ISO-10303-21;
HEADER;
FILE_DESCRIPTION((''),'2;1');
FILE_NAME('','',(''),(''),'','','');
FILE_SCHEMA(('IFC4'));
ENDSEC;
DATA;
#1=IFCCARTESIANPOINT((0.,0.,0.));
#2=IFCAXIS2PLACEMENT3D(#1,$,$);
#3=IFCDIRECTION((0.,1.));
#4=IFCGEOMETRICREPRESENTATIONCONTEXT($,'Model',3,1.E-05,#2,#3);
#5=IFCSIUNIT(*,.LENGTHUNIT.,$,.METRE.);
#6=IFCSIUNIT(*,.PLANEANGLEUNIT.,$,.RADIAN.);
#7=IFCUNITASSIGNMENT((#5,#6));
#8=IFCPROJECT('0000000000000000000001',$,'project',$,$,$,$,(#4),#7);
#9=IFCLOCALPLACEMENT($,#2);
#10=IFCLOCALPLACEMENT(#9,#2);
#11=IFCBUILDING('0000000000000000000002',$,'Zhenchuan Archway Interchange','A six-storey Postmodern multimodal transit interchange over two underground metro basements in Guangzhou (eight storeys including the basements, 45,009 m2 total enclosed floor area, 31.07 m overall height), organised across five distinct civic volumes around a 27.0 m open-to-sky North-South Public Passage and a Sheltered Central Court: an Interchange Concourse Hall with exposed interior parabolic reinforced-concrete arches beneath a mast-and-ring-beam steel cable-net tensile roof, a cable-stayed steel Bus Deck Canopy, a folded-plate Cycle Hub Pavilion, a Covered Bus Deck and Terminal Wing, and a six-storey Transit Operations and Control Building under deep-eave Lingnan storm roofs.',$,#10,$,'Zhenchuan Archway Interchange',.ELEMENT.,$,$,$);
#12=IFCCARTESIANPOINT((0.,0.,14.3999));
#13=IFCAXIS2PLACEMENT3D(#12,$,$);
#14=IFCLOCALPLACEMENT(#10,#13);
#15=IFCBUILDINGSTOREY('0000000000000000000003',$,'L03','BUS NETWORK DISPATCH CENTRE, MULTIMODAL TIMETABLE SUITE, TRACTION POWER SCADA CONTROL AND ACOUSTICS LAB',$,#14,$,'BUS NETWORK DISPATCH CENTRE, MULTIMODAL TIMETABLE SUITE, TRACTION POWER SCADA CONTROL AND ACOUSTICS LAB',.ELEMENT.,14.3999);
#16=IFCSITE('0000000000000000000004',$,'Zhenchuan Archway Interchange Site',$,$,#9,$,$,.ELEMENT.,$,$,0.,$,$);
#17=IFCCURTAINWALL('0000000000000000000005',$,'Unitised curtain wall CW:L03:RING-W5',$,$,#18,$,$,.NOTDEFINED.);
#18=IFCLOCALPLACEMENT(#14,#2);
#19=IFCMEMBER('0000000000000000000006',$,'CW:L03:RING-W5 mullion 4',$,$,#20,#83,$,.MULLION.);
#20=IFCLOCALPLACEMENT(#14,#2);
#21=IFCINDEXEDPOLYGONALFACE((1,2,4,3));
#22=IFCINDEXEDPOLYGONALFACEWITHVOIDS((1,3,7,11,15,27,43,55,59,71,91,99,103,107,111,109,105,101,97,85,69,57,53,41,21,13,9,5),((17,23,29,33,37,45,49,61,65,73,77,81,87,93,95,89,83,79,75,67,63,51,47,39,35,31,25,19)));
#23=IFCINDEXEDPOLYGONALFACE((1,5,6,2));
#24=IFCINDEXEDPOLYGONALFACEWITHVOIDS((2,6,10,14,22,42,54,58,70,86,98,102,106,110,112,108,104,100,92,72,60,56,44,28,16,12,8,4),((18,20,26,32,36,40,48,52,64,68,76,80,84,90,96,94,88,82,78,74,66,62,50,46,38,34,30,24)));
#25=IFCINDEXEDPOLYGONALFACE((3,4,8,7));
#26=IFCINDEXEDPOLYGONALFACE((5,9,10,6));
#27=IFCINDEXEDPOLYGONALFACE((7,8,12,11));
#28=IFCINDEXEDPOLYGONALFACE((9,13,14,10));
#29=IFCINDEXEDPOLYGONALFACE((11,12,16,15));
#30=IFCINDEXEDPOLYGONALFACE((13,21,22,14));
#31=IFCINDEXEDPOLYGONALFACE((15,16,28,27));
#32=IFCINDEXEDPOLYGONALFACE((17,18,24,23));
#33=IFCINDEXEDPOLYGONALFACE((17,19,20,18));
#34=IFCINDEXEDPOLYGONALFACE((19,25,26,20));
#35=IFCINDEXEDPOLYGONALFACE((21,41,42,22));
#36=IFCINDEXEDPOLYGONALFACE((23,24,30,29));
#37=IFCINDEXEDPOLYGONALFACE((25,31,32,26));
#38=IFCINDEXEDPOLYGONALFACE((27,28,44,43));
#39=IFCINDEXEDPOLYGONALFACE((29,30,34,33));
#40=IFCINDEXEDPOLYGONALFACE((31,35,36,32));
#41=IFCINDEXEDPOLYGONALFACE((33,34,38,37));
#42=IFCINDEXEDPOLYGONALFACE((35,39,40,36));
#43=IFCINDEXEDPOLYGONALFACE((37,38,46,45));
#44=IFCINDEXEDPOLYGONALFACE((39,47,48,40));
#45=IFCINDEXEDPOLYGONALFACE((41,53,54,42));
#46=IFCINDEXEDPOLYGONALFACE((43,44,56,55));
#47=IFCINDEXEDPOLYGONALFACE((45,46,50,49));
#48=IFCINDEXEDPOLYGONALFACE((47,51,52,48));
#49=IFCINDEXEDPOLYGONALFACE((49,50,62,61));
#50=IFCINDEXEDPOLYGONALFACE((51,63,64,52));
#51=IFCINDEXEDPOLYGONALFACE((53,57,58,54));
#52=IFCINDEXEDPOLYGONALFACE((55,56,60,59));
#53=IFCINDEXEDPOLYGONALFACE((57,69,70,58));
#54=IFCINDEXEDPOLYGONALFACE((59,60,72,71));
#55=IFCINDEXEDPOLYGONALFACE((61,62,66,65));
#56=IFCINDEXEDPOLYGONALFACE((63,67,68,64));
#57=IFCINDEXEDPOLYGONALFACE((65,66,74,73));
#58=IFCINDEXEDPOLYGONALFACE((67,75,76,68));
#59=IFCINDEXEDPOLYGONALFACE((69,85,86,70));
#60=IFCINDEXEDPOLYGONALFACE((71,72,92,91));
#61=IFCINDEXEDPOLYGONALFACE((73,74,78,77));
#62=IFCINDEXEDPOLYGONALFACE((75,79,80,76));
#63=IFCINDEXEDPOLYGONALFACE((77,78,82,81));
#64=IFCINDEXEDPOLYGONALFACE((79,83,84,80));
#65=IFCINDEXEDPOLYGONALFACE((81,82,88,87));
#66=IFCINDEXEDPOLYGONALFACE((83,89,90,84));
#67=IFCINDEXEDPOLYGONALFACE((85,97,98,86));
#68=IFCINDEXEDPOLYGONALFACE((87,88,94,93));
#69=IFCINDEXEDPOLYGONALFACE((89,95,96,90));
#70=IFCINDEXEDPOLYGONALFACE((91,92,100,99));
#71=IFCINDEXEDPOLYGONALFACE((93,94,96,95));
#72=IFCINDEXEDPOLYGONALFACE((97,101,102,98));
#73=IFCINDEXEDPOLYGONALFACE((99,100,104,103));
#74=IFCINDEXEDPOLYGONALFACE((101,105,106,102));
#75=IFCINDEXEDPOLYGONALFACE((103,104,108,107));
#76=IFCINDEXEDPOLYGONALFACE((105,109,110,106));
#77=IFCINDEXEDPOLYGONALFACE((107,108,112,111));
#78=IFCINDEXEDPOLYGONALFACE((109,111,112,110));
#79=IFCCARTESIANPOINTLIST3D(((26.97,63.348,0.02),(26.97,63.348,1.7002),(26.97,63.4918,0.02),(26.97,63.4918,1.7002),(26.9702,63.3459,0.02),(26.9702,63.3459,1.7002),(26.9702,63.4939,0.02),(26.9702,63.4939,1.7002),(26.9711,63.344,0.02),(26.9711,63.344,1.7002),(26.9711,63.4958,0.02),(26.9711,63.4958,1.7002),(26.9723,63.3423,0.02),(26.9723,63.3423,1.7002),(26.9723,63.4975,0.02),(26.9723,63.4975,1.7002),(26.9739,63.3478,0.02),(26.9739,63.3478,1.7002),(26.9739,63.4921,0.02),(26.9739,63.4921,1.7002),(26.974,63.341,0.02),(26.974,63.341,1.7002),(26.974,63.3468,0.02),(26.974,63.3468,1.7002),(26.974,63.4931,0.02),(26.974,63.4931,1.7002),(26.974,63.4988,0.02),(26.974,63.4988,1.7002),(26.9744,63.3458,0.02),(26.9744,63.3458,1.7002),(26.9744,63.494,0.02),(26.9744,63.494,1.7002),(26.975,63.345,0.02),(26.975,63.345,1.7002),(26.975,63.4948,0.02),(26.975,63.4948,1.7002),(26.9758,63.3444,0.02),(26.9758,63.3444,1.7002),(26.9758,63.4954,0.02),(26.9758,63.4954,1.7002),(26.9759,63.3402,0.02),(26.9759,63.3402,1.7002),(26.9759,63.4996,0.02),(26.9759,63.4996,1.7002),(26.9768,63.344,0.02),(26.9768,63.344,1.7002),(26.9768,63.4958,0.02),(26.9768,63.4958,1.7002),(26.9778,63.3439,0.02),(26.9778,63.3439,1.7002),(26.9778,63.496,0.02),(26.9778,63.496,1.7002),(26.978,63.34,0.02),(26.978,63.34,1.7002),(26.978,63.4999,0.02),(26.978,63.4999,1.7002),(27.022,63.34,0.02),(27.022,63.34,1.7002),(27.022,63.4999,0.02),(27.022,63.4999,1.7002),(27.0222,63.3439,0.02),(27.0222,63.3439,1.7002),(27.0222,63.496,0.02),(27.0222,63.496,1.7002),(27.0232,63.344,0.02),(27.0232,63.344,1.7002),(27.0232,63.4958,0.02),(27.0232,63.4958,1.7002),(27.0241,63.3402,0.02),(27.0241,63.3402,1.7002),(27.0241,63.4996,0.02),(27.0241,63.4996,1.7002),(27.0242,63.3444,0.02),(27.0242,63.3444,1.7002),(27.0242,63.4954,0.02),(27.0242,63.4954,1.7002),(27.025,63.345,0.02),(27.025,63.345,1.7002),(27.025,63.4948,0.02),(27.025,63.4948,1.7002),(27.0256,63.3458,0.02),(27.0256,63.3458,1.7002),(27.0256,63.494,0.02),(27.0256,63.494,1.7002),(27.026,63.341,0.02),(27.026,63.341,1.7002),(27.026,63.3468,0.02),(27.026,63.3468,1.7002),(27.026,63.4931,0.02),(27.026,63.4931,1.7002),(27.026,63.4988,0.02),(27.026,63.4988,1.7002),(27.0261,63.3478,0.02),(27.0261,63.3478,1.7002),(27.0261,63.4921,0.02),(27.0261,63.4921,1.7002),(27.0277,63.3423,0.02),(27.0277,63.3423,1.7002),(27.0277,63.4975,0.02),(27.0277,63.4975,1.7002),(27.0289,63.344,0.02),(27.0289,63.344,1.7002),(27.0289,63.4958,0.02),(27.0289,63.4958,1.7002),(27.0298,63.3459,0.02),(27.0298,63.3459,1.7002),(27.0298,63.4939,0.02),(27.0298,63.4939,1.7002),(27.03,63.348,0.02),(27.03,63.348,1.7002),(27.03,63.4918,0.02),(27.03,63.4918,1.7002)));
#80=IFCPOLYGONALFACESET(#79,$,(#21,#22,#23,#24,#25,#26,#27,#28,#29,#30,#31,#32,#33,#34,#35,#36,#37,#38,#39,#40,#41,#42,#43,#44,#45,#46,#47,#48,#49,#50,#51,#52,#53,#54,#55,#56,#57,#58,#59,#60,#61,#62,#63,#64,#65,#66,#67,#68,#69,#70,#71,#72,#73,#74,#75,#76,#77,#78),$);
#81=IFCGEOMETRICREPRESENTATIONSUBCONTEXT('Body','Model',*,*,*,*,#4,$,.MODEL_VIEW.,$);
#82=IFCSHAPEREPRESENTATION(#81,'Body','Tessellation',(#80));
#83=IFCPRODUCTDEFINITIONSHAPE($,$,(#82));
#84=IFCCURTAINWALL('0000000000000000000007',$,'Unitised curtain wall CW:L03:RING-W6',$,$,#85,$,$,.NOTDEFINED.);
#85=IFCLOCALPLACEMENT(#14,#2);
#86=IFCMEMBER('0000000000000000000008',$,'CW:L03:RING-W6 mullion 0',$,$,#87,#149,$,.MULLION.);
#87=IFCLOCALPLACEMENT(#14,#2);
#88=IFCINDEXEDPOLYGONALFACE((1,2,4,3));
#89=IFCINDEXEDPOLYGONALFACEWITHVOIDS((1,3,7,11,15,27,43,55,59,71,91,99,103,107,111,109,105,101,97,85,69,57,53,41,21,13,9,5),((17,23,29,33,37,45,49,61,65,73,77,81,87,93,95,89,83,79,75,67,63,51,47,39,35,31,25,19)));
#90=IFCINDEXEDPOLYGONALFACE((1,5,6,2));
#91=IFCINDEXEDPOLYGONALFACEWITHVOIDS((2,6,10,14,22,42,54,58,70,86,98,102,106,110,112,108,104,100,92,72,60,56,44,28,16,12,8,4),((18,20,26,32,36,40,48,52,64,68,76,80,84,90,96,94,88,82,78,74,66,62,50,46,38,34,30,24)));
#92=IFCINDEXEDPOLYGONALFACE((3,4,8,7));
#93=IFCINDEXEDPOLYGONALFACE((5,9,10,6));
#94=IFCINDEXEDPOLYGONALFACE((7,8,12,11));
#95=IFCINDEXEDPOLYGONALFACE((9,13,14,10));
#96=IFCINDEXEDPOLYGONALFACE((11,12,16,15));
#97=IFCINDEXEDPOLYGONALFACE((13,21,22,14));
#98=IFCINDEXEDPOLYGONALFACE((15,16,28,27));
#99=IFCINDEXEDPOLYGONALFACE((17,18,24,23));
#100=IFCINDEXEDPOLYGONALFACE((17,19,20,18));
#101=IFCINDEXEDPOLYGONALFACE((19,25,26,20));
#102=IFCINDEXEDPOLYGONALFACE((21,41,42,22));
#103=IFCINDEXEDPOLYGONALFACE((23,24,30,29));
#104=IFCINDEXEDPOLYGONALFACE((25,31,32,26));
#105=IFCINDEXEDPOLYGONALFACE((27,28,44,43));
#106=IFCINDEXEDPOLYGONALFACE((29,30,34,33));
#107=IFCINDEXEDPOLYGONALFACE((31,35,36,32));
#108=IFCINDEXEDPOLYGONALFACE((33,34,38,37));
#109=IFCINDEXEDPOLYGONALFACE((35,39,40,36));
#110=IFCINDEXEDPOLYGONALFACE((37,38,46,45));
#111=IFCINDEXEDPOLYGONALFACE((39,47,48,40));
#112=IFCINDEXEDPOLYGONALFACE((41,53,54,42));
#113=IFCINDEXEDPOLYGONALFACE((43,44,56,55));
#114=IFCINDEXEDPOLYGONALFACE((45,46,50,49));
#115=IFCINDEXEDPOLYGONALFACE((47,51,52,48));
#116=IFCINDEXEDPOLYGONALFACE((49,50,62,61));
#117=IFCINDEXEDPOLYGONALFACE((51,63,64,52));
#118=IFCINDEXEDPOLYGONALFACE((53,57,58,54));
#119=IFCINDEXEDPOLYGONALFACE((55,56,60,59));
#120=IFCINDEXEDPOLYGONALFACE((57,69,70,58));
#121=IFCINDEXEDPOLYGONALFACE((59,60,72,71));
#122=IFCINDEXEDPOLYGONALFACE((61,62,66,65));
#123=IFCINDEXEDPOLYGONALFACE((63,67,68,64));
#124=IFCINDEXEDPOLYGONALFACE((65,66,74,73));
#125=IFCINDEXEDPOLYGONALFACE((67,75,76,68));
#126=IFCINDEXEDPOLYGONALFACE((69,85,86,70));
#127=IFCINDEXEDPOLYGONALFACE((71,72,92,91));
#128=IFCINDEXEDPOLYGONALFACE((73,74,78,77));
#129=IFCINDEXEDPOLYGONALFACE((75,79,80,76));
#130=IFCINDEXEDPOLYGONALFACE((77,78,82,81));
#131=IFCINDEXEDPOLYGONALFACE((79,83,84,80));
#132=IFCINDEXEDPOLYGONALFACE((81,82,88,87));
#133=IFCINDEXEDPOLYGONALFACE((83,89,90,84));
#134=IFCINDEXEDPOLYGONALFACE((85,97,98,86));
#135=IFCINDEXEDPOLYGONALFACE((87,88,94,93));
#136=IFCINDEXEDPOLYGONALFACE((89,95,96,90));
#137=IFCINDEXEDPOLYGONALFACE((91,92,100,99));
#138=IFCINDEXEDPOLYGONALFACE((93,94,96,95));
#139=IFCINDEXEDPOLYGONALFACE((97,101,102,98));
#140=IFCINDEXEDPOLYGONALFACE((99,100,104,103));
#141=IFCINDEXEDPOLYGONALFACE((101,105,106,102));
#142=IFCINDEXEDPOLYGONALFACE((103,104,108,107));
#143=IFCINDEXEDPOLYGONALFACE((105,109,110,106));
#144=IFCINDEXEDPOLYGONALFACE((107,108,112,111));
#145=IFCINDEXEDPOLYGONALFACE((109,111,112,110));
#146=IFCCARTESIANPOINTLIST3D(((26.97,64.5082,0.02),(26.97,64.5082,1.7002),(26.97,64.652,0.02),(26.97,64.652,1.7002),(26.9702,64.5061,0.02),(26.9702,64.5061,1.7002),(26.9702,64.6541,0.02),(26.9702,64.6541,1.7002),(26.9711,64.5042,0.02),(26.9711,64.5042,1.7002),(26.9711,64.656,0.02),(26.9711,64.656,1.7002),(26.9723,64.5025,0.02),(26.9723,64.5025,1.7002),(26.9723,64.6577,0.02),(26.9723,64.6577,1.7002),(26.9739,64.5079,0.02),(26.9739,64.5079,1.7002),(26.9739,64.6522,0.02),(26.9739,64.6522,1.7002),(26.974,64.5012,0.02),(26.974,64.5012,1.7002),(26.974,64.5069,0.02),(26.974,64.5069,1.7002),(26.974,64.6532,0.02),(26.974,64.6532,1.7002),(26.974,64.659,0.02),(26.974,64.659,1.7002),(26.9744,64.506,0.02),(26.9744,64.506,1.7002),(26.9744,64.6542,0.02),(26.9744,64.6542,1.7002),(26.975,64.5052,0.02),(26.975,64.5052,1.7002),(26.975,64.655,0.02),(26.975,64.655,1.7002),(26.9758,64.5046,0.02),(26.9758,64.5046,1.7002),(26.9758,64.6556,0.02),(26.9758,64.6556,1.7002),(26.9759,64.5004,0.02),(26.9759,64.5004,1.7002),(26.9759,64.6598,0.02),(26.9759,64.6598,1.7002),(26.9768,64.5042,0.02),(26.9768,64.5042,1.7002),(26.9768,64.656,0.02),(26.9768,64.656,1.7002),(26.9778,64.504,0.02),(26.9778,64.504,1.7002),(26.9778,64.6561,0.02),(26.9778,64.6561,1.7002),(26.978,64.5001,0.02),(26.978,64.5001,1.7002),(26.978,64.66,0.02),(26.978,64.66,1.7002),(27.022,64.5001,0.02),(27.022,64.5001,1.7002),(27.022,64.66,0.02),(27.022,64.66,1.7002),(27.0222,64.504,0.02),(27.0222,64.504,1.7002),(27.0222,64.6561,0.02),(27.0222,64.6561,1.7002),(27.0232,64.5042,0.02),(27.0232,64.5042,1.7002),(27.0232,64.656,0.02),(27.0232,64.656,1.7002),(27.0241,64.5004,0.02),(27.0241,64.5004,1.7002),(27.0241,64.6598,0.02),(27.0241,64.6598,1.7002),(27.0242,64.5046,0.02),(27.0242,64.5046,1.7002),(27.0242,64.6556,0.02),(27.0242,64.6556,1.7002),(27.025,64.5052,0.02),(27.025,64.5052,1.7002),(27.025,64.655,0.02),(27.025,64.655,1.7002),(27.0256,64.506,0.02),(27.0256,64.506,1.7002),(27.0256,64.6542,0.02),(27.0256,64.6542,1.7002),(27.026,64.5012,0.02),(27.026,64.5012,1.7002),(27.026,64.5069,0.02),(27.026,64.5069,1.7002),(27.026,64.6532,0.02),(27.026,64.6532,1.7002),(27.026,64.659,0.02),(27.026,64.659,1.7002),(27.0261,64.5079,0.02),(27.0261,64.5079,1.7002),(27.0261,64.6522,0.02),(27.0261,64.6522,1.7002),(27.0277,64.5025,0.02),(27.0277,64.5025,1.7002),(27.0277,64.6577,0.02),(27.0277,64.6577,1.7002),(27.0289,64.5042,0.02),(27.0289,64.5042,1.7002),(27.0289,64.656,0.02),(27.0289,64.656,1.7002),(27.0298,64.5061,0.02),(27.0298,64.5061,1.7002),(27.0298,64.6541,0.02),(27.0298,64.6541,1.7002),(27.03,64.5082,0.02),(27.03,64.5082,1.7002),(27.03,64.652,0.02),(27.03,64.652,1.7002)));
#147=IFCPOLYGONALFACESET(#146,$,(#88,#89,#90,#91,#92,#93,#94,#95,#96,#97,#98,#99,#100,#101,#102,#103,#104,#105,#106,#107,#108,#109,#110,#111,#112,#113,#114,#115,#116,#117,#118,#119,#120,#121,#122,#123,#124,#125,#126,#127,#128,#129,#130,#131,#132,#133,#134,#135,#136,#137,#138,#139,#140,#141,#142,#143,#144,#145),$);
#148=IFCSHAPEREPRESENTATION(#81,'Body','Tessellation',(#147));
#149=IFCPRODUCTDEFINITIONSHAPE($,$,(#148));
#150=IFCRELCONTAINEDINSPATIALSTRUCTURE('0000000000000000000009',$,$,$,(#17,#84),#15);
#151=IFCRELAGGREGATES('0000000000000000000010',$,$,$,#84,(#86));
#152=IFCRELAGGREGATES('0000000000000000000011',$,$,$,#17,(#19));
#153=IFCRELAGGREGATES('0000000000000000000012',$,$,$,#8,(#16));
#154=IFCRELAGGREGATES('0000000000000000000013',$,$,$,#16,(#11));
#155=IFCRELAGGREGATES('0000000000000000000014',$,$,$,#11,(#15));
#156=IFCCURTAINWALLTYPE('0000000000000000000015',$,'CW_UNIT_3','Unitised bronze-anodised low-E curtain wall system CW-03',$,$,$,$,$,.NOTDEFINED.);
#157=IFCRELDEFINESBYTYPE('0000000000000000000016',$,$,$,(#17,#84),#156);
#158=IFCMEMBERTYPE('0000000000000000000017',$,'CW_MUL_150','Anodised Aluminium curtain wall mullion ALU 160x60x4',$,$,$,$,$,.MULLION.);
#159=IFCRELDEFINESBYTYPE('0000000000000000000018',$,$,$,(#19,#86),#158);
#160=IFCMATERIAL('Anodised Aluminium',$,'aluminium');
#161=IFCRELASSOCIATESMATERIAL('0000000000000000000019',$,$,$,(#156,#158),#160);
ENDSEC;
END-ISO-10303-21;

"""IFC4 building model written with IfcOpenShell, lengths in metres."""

from ifc_helpers import new_model, si_unit, direction, frame, origin, origin_2d, place, context, subcontext, project, spatial, hollow_rectangle, extrude, material, material_profile, profile_set, type_object, element, aggregate, save


model = new_model("IFC4")

# Units and contexts
model_context = context("Model", 3, precision=1e-05, world=origin(), true_north=direction((0.0, 1.0)))
body_context = subcontext(model_context, "Body", "Model", "MODEL_VIEW")
ifc_project = project(units=[si_unit("LENGTHUNIT", "METRE"), si_unit("PLANEANGLEUNIT", "RADIAN")], contexts=[model_context])

# Site, building, storey
site_placement = place(None, origin())
site = spatial("IfcSite", under=ifc_project, at=site_placement, Name="Zhenchuan Archway Interchange Site", CompositionType="ELEMENT", RefElevation=0.0)
building_placement = place(site_placement, origin())
building = spatial("IfcBuilding", under=site, at=building_placement, Name="Zhenchuan Archway Interchange", Description="A six-storey Postmodern multimodal transit interchange over two underground metro basements in Guangzhou (eight storeys including the basements, 45,009 m2 total enclosed floor area, 31.07 m overall height), organised across five distinct civic volumes around a 27.0 m open-to-sky North-South Public Passage and a Sheltered Central Court: an Interchange Concourse Hall with exposed interior parabolic reinforced-concrete arches beneath a mast-and-ring-beam steel cable-net tensile roof, a cable-stayed steel Bus Deck Canopy, a folded-plate Cycle Hub Pavilion, a Covered Bus Deck and Terminal Wing, and a six-storey Transit Operations and Control Building under deep-eave Lingnan storm roofs.", LongName="Zhenchuan Archway Interchange", CompositionType="ELEMENT")
storey_placement = place(building_placement, frame((0.0, 0.0, 14.3999)))
storey = spatial("IfcBuildingStorey", under=building, at=storey_placement, Name="L03", Description="BUS NETWORK DISPATCH CENTRE, MULTIMODAL TIMETABLE SUITE, TRACTION POWER SCADA CONTROL AND ACOUSTICS LAB", LongName="BUS NETWORK DISPATCH CENTRE, MULTIMODAL TIMETABLE SUITE, TRACTION POWER SCADA CONTROL AND ACOUSTICS LAB", CompositionType="ELEMENT", Elevation=14.3999)

# Curtain wall, member
ifc_material_1 = material(Name="Anodised Aluminium", Category="aluminium")
curtain_wall_type = type_object("IfcCurtainWallType", Name="CW_UNIT_3", Description="Unitised bronze-anodised low-E curtain wall system CW-03", PredefinedType="NOTDEFINED", material=ifc_material_1)
curtain_wall_1_placement = place(storey_placement, origin())
curtain_wall_1 = element("IfcCurtainWall", 1, at=curtain_wall_1_placement, inside=storey, type_object=curtain_wall_type, Name="Unitised curtain wall CW:L03:RING-W5", PredefinedType="NOTDEFINED")
ifc_material_profile_1 = material_profile(ifc_material_1, hollow_rectangle(XDim=0.0601, YDim=0.1599, WallThickness=0.0039, InnerFilletRadius=0.0039, OuterFilletRadius=0.0081, at=origin_2d()), Name="ALU 160x60x4")
ifc_profile_set_1 = profile_set([ifc_material_profile_1], Name="Anodised Aluminium")
member_type_1 = type_object("IfcMemberType", Name="CW_MUL_150", Description="Anodised Aluminium curtain wall mullion ALU 160x60x4", PredefinedType="MULLION", material=ifc_profile_set_1)
member_1_placement = place(storey_placement, frame((27.0, 63.4199, 0.02), z_axis=(0.0, 0.0, 1.0), x_axis=(1.0, 0.0, 0.0)))
member_1 = element("IfcMember", 2, at=member_1_placement, type_object=member_type_1, Name="CW:L03:RING-W5 mullion 4", PredefinedType="MULLION", context=body_context, shape_type="SweptSolid", body=[
    extrude(hollow_rectangle(XDim=0.0601, YDim=0.1599, WallThickness=0.0039, InnerFilletRadius=0.0039, OuterFilletRadius=0.0081, at=origin_2d()), origin(), (0.0, 0.0, 1.0), 1.6802),
])

# Curtain wall, member
curtain_wall_2_placement = place(storey_placement, origin())
curtain_wall_2 = element("IfcCurtainWall", 3, at=curtain_wall_2_placement, inside=storey, type_object=curtain_wall_type, Name="Unitised curtain wall CW:L03:RING-W6", PredefinedType="NOTDEFINED")
member_2_placement = place(storey_placement, frame((27.0, 64.5801, 0.02), z_axis=(0.0, 0.0, 1.0), x_axis=(1.0, 0.0, 0.0)))
member_2 = element("IfcMember", 4, at=member_2_placement, type_object=member_type_1, Name="CW:L03:RING-W6 mullion 0", PredefinedType="MULLION", context=body_context, shape_type="SweptSolid", body=[
    extrude(hollow_rectangle(XDim=0.0601, YDim=0.1599, WallThickness=0.0039, InnerFilletRadius=0.0039, OuterFilletRadius=0.0081, at=origin_2d()), origin(), (0.0, 0.0, 1.0), 1.6802),
])

aggregate(curtain_wall_2, [member_2])

aggregate(curtain_wall_1, [member_1])

save(model, "model.ifc")
